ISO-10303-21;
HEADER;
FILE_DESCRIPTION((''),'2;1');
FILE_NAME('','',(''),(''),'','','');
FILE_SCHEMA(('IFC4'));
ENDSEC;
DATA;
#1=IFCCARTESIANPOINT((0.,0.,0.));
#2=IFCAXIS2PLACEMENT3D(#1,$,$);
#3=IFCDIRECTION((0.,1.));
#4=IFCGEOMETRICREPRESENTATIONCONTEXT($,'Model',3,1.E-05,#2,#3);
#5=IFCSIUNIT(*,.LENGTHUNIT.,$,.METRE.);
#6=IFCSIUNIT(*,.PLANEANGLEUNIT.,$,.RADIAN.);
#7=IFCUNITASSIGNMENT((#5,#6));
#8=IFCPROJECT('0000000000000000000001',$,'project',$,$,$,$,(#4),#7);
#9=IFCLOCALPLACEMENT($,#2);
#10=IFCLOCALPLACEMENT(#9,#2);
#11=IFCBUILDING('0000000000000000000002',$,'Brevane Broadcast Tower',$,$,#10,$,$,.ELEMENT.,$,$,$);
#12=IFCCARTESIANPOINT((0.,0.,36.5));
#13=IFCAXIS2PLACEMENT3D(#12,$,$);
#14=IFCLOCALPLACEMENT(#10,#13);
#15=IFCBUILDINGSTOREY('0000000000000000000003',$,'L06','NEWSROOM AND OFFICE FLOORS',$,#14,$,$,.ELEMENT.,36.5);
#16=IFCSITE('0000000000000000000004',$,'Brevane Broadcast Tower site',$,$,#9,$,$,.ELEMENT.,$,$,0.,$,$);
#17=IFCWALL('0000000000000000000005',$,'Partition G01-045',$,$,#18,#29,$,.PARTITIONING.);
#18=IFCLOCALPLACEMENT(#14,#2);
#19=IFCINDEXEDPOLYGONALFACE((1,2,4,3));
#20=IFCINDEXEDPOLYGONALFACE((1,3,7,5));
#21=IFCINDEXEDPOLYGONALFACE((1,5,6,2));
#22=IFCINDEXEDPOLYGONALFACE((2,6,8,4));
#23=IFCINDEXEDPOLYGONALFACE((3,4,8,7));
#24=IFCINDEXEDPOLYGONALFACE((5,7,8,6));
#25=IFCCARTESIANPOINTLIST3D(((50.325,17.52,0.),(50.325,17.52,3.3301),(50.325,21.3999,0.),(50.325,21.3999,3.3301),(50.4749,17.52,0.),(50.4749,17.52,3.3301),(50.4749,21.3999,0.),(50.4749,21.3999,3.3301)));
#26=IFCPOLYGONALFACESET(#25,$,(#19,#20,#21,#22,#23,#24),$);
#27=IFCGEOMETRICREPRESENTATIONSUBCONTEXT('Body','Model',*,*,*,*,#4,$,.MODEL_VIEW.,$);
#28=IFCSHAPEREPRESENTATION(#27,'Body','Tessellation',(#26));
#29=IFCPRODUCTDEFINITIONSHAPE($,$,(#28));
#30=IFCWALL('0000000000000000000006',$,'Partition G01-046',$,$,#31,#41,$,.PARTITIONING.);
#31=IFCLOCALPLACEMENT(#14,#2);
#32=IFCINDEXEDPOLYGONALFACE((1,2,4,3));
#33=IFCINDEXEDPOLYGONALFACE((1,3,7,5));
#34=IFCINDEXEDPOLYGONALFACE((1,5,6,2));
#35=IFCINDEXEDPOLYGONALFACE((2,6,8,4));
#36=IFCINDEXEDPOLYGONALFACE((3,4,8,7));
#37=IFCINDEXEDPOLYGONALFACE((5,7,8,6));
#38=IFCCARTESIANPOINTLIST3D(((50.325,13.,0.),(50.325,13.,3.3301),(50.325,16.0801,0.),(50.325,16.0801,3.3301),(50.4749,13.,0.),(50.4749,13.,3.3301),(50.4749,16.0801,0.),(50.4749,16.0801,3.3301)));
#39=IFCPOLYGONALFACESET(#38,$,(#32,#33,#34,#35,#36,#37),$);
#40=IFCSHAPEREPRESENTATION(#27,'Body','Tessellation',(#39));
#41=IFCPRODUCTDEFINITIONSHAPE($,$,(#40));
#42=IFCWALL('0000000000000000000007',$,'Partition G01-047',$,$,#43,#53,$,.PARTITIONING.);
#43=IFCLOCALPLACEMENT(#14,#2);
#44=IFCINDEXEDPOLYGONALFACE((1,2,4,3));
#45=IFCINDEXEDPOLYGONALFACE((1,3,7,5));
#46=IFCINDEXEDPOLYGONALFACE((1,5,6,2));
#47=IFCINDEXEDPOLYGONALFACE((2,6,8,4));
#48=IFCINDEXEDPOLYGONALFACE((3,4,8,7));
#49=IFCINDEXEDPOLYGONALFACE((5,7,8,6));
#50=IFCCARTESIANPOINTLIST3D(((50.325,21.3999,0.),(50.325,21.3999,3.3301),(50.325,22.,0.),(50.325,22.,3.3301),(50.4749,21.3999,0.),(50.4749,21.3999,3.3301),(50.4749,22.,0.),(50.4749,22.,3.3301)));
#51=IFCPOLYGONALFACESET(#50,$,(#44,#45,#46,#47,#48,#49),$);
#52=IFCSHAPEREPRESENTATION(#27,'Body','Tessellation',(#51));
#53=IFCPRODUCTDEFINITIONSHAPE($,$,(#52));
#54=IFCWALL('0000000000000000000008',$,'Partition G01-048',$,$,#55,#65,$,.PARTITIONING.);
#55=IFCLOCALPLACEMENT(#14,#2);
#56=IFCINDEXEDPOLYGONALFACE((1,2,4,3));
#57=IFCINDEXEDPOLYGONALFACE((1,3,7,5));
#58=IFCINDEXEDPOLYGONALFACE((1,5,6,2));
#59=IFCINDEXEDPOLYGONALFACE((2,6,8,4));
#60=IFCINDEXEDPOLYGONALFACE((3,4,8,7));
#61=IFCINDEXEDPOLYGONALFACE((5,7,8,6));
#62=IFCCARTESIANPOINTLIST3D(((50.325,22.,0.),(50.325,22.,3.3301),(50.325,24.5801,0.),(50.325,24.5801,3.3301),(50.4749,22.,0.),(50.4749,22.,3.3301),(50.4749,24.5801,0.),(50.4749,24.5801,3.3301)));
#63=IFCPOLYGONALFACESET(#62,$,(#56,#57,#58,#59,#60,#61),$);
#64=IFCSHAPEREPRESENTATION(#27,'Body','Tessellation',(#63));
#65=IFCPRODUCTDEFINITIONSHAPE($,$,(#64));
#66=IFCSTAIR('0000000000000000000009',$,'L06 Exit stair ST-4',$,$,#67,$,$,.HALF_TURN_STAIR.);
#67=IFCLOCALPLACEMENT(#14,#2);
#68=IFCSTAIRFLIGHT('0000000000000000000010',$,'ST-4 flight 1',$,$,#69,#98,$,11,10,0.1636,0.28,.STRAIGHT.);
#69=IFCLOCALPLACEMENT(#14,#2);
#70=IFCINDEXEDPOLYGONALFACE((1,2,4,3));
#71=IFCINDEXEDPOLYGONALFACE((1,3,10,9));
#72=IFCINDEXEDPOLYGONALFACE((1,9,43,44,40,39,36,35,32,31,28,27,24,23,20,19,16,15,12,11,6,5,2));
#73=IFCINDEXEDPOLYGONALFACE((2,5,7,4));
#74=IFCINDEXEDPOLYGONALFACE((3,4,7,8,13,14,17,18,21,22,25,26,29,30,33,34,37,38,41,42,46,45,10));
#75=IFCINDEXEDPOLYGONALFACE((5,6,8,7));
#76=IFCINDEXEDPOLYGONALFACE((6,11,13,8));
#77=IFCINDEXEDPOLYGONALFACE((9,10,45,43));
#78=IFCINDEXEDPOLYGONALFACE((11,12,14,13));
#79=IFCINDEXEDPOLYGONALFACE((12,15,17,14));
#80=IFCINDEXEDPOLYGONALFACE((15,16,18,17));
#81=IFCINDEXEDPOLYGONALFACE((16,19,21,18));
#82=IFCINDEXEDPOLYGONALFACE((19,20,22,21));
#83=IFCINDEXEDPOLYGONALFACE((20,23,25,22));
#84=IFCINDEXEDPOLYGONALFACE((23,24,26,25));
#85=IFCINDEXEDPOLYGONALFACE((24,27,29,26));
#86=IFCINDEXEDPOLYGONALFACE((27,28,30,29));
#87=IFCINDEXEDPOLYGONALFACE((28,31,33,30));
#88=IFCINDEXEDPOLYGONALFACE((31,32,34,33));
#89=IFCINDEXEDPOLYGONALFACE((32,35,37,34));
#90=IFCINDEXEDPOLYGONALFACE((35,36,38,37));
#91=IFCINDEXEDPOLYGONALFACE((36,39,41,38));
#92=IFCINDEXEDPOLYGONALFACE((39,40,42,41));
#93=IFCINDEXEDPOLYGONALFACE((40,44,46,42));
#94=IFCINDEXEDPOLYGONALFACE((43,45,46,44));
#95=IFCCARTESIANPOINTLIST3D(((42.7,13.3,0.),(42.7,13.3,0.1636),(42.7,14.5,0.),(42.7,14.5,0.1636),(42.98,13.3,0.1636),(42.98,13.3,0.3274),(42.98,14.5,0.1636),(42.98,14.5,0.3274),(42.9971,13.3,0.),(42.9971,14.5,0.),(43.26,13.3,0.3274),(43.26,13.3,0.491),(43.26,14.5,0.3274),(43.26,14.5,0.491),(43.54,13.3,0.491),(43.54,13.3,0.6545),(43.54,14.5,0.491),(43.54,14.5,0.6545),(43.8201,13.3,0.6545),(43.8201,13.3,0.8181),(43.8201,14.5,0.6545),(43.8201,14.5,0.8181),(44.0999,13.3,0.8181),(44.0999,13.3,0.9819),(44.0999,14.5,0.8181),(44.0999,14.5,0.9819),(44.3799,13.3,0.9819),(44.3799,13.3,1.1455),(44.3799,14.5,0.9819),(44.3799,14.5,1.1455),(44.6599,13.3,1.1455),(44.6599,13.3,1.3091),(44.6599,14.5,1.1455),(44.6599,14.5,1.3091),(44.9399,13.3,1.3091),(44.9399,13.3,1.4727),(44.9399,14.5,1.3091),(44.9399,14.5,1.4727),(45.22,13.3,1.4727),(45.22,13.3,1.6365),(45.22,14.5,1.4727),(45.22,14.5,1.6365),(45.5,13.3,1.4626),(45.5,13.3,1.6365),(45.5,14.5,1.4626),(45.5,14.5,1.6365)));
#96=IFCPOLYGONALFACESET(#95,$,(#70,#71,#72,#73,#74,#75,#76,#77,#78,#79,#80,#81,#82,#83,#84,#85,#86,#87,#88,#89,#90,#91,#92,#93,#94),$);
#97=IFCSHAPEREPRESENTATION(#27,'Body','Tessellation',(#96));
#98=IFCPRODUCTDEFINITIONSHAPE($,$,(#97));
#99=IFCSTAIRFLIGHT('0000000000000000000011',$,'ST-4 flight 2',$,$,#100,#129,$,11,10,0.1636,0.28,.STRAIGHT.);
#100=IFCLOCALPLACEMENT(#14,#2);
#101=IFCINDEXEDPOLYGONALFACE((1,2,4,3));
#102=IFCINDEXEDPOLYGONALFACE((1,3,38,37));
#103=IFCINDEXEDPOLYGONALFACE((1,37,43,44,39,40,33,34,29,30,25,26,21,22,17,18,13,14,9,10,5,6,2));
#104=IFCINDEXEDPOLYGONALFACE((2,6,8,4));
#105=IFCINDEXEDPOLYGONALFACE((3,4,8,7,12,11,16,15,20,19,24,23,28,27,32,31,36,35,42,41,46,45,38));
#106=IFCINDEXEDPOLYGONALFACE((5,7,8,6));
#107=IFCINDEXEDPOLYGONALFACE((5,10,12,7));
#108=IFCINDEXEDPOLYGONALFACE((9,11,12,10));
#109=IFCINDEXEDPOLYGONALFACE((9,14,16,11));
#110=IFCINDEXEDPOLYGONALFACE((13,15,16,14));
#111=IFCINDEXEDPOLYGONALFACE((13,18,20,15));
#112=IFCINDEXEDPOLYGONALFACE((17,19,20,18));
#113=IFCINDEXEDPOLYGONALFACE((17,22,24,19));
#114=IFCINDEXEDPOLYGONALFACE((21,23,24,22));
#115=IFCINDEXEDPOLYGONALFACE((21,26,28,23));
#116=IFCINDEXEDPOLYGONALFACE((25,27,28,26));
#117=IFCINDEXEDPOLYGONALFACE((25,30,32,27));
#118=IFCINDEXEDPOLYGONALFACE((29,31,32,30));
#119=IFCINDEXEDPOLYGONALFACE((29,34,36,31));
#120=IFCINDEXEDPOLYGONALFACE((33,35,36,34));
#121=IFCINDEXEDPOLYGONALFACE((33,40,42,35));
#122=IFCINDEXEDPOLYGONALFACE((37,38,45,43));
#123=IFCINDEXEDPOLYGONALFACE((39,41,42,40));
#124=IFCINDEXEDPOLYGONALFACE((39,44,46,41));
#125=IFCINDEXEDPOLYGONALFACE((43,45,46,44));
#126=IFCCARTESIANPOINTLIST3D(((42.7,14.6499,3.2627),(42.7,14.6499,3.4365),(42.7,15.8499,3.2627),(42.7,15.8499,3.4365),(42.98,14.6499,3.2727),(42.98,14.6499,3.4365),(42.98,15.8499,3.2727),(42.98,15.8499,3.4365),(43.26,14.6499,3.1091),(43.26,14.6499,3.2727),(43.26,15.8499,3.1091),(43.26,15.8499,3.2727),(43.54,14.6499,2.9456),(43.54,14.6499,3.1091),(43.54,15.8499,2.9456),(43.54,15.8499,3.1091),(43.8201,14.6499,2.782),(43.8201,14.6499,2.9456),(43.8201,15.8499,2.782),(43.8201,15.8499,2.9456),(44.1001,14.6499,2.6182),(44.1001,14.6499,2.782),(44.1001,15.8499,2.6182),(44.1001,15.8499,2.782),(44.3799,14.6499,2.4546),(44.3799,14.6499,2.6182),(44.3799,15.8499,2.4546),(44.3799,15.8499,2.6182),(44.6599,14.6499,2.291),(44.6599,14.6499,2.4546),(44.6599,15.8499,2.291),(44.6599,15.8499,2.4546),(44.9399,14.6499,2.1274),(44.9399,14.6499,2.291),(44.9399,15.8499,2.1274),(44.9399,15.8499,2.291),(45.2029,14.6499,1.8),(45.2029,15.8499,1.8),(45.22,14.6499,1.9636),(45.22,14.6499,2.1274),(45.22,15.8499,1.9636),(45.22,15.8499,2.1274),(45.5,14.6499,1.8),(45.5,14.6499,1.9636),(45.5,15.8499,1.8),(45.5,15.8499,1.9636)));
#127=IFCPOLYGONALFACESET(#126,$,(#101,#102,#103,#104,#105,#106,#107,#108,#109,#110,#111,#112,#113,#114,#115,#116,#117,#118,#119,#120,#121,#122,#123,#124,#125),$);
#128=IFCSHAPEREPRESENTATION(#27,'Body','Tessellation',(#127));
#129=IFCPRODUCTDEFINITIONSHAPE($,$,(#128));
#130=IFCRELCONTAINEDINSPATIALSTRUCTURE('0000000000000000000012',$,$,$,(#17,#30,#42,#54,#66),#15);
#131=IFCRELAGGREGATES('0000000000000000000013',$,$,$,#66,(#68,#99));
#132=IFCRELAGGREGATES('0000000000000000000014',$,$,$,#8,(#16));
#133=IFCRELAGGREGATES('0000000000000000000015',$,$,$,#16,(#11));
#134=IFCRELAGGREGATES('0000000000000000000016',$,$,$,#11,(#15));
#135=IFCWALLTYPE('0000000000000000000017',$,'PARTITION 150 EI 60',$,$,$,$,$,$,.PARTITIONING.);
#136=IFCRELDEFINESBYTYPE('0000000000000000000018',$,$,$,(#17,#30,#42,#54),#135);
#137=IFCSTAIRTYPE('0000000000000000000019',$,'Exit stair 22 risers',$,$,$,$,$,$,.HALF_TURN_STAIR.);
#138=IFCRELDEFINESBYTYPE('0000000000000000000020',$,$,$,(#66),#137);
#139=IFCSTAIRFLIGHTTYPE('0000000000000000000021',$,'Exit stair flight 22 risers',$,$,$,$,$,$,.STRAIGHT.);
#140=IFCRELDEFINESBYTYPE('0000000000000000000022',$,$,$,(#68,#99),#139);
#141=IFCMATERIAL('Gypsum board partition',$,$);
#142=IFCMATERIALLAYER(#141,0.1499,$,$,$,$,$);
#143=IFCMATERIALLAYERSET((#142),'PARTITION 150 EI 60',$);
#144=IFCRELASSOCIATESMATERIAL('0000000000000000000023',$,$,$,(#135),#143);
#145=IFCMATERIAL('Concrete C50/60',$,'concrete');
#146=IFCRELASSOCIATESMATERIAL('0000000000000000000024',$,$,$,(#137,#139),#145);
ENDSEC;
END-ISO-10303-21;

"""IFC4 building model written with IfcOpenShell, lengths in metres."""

from ifc_helpers import new_model, si_unit, direction, frame, frame_2d, origin, place, context, subcontext, project, spatial, polyline, rectangle, outline, extrude, material, layer, layer_set, type_object, element, aggregate, save


model = new_model("IFC4")

# Units and contexts
model_context = context("Model", 3, precision=1e-05, world=origin(), true_north=direction((0.0, 1.0)))
body_context = subcontext(model_context, "Body", "Model", "MODEL_VIEW")
ifc_project = project(units=[si_unit("LENGTHUNIT", "METRE"), si_unit("PLANEANGLEUNIT", "RADIAN")], contexts=[model_context])

# Site, building, storey
site_placement = place(None, origin())
site = spatial("IfcSite", under=ifc_project, at=site_placement, Name="Brevane Broadcast Tower site", CompositionType="ELEMENT", RefElevation=0.0)
building_placement = place(site_placement, origin())
building = spatial("IfcBuilding", under=site, at=building_placement, Name="Brevane Broadcast Tower", CompositionType="ELEMENT")
storey_placement = place(building_placement, frame((0.0, 0.0, 36.5)))
storey = spatial("IfcBuildingStorey", under=building, at=storey_placement, Name="L06", Description="NEWSROOM AND OFFICE FLOORS", CompositionType="ELEMENT", Elevation=36.5)

# Shared definitions
ifc_material_1 = material(Name="Gypsum board partition")

# Walls
ifc_layer_1 = layer(ifc_material_1, 0.1499)
ifc_layer_set_1 = layer_set([ifc_layer_1], Name="PARTITION 150 EI 60")
wall_type_1 = type_object("IfcWallType", Name="PARTITION 150 EI 60", PredefinedType="PARTITIONING", material=ifc_layer_set_1)
wall_1_placement = place(storey_placement, frame((50.3999, 21.3999, 0.0), z_axis=(0.0, 0.0, 1.0), x_axis=(0.0, -1.0, 0.0)))
element("IfcWall", 1, at=wall_1_placement, inside=storey, type_object=wall_type_1, Name="Partition G01-045", PredefinedType="PARTITIONING", context=body_context, shape_type="SweptSolid", body=[
    extrude(rectangle(XDim=3.8799, YDim=0.1499, at=frame_2d((1.9399, 0.0))), origin(), (0.0, 0.0, 1.0), 3.3301),
])
wall_2_placement = place(storey_placement, frame((50.3999, 16.0801, 0.0), z_axis=(0.0, 0.0, 1.0), x_axis=(0.0, -1.0, 0.0)))
element("IfcWall", 2, at=wall_2_placement, inside=storey, type_object=wall_type_1, Name="Partition G01-046", PredefinedType="PARTITIONING", context=body_context, shape_type="SweptSolid", body=[
    extrude(rectangle(XDim=3.0801, YDim=0.1499, at=frame_2d((1.54, 0.0))), origin(), (0.0, 0.0, 1.0), 3.3301),
])
wall_3_placement = place(storey_placement, frame((50.3999, 22.0, 0.0), z_axis=(0.0, 0.0, 1.0), x_axis=(0.0, -1.0, 0.0)))
element("IfcWall", 3, at=wall_3_placement, inside=storey, type_object=wall_type_1, Name="Partition G01-047", PredefinedType="PARTITIONING", context=body_context, shape_type="SweptSolid", body=[
    extrude(rectangle(XDim=0.6001, YDim=0.1499, at=frame_2d((0.3, 0.0))), origin(), (0.0, 0.0, 1.0), 3.3301),
])
wall_4_placement = place(storey_placement, frame((50.3999, 24.5801, 0.0), z_axis=(0.0, 0.0, 1.0), x_axis=(0.0, -1.0, 0.0)))
element("IfcWall", 4, at=wall_4_placement, inside=storey, type_object=wall_type_1, Name="Partition G01-048", PredefinedType="PARTITIONING", context=body_context, shape_type="SweptSolid", body=[
    extrude(rectangle(XDim=2.5801, YDim=0.1499, at=frame_2d((1.29, 0.0))), origin(), (0.0, 0.0, 1.0), 3.3301),
])

# Stair, stair flights
ifc_material_2 = material(Name="Concrete C50/60", Category="concrete")
stair_type = type_object("IfcStairType", Name="Exit stair 22 risers", PredefinedType="HALF_TURN_STAIR", material=ifc_material_2)
stair_placement = place(storey_placement, origin())
stair = element("IfcStair", 5, at=stair_placement, inside=storey, type_object=stair_type, Name="L06 Exit stair ST-4", PredefinedType="HALF_TURN_STAIR")
stair_flight_type = type_object("IfcStairFlightType", Name="Exit stair flight 22 risers", PredefinedType="STRAIGHT", material=ifc_material_2)
stair_flight_1_placement = place(storey_placement, frame((42.7, 13.8999, 0.0), z_axis=(0.0, 0.0, 1.0), x_axis=(1.0, 0.0, 0.0)))
stair_flight_1 = element("IfcStairFlight", 6, at=stair_flight_1_placement, type_object=stair_flight_type, Name="ST-4 flight 1", NumberOfRisers=11, NumberOfTreads=10, PredefinedType="STRAIGHT", RiserHeight=0.1636, TreadLength=0.28, context=body_context, shape_type="SweptSolid", body=[
    extrude(outline(polyline([(0.0, 0.0), (0.0, 0.1636), (0.28, 0.1636), (0.28, 0.3274), (0.5601, 0.3274), (0.5601, 0.491), (0.8401, 0.491), (0.8401, 0.6545), (1.1201, 0.6545), (1.1201, 0.8181), (1.3999, 0.8181), (1.3999, 0.9819), (1.6799, 0.9819), (1.6799, 1.1455), (1.96, 1.1455), (1.96, 1.3091), (2.24, 1.3091), (2.24, 1.4727), (2.52, 1.4727), (2.52, 1.6365), (2.8, 1.6365), (2.8, 1.8), (2.8, 1.4626), (0.2971, 0.0), (0.0, 0.0)])), frame((0.0, 0.6001, 0.0), z_axis=(0.0, -1.0, 0.0), x_axis=(1.0, 0.0, 0.0)), (0.0, 0.0, 1.0), 1.2),
])
stair_flight_2_placement = place(storey_placement, frame((45.5, 15.25, 1.8), z_axis=(0.0, 0.0, 1.0), x_axis=(-1.0, 0.0, 0.0)))
stair_flight_2 = element("IfcStairFlight", 7, at=stair_flight_2_placement, type_object=stair_flight_type, Name="ST-4 flight 2", NumberOfRisers=11, NumberOfTreads=10, PredefinedType="STRAIGHT", RiserHeight=0.1636, TreadLength=0.28, context=body_context, shape_type="SweptSolid", body=[
    extrude(outline(polyline([(0.0, 0.0), (0.0, 0.1636), (0.28, 0.1636), (0.28, 0.3274), (0.5601, 0.3274), (0.5601, 0.491), (0.8401, 0.491), (0.8401, 0.6545), (1.1201, 0.6545), (1.1201, 0.8181), (1.3999, 0.8181), (1.3999, 0.9819), (1.6799, 0.9819), (1.6799, 1.1455), (1.96, 1.1455), (1.96, 1.3091), (2.24, 1.3091), (2.24, 1.4727), (2.52, 1.4727), (2.52, 1.6365), (2.8, 1.6365), (2.8, 1.8), (2.8, 1.4626), (0.2971, 0.0), (0.0, 0.0)])), frame((0.0, 0.6001, 0.0), z_axis=(0.0, -1.0, 0.0), x_axis=(1.0, 0.0, 0.0)), (0.0, 0.0, 1.0), 1.2),
])
aggregate(stair, [stair_flight_1, stair_flight_2])

save(model, "model.ifc")
